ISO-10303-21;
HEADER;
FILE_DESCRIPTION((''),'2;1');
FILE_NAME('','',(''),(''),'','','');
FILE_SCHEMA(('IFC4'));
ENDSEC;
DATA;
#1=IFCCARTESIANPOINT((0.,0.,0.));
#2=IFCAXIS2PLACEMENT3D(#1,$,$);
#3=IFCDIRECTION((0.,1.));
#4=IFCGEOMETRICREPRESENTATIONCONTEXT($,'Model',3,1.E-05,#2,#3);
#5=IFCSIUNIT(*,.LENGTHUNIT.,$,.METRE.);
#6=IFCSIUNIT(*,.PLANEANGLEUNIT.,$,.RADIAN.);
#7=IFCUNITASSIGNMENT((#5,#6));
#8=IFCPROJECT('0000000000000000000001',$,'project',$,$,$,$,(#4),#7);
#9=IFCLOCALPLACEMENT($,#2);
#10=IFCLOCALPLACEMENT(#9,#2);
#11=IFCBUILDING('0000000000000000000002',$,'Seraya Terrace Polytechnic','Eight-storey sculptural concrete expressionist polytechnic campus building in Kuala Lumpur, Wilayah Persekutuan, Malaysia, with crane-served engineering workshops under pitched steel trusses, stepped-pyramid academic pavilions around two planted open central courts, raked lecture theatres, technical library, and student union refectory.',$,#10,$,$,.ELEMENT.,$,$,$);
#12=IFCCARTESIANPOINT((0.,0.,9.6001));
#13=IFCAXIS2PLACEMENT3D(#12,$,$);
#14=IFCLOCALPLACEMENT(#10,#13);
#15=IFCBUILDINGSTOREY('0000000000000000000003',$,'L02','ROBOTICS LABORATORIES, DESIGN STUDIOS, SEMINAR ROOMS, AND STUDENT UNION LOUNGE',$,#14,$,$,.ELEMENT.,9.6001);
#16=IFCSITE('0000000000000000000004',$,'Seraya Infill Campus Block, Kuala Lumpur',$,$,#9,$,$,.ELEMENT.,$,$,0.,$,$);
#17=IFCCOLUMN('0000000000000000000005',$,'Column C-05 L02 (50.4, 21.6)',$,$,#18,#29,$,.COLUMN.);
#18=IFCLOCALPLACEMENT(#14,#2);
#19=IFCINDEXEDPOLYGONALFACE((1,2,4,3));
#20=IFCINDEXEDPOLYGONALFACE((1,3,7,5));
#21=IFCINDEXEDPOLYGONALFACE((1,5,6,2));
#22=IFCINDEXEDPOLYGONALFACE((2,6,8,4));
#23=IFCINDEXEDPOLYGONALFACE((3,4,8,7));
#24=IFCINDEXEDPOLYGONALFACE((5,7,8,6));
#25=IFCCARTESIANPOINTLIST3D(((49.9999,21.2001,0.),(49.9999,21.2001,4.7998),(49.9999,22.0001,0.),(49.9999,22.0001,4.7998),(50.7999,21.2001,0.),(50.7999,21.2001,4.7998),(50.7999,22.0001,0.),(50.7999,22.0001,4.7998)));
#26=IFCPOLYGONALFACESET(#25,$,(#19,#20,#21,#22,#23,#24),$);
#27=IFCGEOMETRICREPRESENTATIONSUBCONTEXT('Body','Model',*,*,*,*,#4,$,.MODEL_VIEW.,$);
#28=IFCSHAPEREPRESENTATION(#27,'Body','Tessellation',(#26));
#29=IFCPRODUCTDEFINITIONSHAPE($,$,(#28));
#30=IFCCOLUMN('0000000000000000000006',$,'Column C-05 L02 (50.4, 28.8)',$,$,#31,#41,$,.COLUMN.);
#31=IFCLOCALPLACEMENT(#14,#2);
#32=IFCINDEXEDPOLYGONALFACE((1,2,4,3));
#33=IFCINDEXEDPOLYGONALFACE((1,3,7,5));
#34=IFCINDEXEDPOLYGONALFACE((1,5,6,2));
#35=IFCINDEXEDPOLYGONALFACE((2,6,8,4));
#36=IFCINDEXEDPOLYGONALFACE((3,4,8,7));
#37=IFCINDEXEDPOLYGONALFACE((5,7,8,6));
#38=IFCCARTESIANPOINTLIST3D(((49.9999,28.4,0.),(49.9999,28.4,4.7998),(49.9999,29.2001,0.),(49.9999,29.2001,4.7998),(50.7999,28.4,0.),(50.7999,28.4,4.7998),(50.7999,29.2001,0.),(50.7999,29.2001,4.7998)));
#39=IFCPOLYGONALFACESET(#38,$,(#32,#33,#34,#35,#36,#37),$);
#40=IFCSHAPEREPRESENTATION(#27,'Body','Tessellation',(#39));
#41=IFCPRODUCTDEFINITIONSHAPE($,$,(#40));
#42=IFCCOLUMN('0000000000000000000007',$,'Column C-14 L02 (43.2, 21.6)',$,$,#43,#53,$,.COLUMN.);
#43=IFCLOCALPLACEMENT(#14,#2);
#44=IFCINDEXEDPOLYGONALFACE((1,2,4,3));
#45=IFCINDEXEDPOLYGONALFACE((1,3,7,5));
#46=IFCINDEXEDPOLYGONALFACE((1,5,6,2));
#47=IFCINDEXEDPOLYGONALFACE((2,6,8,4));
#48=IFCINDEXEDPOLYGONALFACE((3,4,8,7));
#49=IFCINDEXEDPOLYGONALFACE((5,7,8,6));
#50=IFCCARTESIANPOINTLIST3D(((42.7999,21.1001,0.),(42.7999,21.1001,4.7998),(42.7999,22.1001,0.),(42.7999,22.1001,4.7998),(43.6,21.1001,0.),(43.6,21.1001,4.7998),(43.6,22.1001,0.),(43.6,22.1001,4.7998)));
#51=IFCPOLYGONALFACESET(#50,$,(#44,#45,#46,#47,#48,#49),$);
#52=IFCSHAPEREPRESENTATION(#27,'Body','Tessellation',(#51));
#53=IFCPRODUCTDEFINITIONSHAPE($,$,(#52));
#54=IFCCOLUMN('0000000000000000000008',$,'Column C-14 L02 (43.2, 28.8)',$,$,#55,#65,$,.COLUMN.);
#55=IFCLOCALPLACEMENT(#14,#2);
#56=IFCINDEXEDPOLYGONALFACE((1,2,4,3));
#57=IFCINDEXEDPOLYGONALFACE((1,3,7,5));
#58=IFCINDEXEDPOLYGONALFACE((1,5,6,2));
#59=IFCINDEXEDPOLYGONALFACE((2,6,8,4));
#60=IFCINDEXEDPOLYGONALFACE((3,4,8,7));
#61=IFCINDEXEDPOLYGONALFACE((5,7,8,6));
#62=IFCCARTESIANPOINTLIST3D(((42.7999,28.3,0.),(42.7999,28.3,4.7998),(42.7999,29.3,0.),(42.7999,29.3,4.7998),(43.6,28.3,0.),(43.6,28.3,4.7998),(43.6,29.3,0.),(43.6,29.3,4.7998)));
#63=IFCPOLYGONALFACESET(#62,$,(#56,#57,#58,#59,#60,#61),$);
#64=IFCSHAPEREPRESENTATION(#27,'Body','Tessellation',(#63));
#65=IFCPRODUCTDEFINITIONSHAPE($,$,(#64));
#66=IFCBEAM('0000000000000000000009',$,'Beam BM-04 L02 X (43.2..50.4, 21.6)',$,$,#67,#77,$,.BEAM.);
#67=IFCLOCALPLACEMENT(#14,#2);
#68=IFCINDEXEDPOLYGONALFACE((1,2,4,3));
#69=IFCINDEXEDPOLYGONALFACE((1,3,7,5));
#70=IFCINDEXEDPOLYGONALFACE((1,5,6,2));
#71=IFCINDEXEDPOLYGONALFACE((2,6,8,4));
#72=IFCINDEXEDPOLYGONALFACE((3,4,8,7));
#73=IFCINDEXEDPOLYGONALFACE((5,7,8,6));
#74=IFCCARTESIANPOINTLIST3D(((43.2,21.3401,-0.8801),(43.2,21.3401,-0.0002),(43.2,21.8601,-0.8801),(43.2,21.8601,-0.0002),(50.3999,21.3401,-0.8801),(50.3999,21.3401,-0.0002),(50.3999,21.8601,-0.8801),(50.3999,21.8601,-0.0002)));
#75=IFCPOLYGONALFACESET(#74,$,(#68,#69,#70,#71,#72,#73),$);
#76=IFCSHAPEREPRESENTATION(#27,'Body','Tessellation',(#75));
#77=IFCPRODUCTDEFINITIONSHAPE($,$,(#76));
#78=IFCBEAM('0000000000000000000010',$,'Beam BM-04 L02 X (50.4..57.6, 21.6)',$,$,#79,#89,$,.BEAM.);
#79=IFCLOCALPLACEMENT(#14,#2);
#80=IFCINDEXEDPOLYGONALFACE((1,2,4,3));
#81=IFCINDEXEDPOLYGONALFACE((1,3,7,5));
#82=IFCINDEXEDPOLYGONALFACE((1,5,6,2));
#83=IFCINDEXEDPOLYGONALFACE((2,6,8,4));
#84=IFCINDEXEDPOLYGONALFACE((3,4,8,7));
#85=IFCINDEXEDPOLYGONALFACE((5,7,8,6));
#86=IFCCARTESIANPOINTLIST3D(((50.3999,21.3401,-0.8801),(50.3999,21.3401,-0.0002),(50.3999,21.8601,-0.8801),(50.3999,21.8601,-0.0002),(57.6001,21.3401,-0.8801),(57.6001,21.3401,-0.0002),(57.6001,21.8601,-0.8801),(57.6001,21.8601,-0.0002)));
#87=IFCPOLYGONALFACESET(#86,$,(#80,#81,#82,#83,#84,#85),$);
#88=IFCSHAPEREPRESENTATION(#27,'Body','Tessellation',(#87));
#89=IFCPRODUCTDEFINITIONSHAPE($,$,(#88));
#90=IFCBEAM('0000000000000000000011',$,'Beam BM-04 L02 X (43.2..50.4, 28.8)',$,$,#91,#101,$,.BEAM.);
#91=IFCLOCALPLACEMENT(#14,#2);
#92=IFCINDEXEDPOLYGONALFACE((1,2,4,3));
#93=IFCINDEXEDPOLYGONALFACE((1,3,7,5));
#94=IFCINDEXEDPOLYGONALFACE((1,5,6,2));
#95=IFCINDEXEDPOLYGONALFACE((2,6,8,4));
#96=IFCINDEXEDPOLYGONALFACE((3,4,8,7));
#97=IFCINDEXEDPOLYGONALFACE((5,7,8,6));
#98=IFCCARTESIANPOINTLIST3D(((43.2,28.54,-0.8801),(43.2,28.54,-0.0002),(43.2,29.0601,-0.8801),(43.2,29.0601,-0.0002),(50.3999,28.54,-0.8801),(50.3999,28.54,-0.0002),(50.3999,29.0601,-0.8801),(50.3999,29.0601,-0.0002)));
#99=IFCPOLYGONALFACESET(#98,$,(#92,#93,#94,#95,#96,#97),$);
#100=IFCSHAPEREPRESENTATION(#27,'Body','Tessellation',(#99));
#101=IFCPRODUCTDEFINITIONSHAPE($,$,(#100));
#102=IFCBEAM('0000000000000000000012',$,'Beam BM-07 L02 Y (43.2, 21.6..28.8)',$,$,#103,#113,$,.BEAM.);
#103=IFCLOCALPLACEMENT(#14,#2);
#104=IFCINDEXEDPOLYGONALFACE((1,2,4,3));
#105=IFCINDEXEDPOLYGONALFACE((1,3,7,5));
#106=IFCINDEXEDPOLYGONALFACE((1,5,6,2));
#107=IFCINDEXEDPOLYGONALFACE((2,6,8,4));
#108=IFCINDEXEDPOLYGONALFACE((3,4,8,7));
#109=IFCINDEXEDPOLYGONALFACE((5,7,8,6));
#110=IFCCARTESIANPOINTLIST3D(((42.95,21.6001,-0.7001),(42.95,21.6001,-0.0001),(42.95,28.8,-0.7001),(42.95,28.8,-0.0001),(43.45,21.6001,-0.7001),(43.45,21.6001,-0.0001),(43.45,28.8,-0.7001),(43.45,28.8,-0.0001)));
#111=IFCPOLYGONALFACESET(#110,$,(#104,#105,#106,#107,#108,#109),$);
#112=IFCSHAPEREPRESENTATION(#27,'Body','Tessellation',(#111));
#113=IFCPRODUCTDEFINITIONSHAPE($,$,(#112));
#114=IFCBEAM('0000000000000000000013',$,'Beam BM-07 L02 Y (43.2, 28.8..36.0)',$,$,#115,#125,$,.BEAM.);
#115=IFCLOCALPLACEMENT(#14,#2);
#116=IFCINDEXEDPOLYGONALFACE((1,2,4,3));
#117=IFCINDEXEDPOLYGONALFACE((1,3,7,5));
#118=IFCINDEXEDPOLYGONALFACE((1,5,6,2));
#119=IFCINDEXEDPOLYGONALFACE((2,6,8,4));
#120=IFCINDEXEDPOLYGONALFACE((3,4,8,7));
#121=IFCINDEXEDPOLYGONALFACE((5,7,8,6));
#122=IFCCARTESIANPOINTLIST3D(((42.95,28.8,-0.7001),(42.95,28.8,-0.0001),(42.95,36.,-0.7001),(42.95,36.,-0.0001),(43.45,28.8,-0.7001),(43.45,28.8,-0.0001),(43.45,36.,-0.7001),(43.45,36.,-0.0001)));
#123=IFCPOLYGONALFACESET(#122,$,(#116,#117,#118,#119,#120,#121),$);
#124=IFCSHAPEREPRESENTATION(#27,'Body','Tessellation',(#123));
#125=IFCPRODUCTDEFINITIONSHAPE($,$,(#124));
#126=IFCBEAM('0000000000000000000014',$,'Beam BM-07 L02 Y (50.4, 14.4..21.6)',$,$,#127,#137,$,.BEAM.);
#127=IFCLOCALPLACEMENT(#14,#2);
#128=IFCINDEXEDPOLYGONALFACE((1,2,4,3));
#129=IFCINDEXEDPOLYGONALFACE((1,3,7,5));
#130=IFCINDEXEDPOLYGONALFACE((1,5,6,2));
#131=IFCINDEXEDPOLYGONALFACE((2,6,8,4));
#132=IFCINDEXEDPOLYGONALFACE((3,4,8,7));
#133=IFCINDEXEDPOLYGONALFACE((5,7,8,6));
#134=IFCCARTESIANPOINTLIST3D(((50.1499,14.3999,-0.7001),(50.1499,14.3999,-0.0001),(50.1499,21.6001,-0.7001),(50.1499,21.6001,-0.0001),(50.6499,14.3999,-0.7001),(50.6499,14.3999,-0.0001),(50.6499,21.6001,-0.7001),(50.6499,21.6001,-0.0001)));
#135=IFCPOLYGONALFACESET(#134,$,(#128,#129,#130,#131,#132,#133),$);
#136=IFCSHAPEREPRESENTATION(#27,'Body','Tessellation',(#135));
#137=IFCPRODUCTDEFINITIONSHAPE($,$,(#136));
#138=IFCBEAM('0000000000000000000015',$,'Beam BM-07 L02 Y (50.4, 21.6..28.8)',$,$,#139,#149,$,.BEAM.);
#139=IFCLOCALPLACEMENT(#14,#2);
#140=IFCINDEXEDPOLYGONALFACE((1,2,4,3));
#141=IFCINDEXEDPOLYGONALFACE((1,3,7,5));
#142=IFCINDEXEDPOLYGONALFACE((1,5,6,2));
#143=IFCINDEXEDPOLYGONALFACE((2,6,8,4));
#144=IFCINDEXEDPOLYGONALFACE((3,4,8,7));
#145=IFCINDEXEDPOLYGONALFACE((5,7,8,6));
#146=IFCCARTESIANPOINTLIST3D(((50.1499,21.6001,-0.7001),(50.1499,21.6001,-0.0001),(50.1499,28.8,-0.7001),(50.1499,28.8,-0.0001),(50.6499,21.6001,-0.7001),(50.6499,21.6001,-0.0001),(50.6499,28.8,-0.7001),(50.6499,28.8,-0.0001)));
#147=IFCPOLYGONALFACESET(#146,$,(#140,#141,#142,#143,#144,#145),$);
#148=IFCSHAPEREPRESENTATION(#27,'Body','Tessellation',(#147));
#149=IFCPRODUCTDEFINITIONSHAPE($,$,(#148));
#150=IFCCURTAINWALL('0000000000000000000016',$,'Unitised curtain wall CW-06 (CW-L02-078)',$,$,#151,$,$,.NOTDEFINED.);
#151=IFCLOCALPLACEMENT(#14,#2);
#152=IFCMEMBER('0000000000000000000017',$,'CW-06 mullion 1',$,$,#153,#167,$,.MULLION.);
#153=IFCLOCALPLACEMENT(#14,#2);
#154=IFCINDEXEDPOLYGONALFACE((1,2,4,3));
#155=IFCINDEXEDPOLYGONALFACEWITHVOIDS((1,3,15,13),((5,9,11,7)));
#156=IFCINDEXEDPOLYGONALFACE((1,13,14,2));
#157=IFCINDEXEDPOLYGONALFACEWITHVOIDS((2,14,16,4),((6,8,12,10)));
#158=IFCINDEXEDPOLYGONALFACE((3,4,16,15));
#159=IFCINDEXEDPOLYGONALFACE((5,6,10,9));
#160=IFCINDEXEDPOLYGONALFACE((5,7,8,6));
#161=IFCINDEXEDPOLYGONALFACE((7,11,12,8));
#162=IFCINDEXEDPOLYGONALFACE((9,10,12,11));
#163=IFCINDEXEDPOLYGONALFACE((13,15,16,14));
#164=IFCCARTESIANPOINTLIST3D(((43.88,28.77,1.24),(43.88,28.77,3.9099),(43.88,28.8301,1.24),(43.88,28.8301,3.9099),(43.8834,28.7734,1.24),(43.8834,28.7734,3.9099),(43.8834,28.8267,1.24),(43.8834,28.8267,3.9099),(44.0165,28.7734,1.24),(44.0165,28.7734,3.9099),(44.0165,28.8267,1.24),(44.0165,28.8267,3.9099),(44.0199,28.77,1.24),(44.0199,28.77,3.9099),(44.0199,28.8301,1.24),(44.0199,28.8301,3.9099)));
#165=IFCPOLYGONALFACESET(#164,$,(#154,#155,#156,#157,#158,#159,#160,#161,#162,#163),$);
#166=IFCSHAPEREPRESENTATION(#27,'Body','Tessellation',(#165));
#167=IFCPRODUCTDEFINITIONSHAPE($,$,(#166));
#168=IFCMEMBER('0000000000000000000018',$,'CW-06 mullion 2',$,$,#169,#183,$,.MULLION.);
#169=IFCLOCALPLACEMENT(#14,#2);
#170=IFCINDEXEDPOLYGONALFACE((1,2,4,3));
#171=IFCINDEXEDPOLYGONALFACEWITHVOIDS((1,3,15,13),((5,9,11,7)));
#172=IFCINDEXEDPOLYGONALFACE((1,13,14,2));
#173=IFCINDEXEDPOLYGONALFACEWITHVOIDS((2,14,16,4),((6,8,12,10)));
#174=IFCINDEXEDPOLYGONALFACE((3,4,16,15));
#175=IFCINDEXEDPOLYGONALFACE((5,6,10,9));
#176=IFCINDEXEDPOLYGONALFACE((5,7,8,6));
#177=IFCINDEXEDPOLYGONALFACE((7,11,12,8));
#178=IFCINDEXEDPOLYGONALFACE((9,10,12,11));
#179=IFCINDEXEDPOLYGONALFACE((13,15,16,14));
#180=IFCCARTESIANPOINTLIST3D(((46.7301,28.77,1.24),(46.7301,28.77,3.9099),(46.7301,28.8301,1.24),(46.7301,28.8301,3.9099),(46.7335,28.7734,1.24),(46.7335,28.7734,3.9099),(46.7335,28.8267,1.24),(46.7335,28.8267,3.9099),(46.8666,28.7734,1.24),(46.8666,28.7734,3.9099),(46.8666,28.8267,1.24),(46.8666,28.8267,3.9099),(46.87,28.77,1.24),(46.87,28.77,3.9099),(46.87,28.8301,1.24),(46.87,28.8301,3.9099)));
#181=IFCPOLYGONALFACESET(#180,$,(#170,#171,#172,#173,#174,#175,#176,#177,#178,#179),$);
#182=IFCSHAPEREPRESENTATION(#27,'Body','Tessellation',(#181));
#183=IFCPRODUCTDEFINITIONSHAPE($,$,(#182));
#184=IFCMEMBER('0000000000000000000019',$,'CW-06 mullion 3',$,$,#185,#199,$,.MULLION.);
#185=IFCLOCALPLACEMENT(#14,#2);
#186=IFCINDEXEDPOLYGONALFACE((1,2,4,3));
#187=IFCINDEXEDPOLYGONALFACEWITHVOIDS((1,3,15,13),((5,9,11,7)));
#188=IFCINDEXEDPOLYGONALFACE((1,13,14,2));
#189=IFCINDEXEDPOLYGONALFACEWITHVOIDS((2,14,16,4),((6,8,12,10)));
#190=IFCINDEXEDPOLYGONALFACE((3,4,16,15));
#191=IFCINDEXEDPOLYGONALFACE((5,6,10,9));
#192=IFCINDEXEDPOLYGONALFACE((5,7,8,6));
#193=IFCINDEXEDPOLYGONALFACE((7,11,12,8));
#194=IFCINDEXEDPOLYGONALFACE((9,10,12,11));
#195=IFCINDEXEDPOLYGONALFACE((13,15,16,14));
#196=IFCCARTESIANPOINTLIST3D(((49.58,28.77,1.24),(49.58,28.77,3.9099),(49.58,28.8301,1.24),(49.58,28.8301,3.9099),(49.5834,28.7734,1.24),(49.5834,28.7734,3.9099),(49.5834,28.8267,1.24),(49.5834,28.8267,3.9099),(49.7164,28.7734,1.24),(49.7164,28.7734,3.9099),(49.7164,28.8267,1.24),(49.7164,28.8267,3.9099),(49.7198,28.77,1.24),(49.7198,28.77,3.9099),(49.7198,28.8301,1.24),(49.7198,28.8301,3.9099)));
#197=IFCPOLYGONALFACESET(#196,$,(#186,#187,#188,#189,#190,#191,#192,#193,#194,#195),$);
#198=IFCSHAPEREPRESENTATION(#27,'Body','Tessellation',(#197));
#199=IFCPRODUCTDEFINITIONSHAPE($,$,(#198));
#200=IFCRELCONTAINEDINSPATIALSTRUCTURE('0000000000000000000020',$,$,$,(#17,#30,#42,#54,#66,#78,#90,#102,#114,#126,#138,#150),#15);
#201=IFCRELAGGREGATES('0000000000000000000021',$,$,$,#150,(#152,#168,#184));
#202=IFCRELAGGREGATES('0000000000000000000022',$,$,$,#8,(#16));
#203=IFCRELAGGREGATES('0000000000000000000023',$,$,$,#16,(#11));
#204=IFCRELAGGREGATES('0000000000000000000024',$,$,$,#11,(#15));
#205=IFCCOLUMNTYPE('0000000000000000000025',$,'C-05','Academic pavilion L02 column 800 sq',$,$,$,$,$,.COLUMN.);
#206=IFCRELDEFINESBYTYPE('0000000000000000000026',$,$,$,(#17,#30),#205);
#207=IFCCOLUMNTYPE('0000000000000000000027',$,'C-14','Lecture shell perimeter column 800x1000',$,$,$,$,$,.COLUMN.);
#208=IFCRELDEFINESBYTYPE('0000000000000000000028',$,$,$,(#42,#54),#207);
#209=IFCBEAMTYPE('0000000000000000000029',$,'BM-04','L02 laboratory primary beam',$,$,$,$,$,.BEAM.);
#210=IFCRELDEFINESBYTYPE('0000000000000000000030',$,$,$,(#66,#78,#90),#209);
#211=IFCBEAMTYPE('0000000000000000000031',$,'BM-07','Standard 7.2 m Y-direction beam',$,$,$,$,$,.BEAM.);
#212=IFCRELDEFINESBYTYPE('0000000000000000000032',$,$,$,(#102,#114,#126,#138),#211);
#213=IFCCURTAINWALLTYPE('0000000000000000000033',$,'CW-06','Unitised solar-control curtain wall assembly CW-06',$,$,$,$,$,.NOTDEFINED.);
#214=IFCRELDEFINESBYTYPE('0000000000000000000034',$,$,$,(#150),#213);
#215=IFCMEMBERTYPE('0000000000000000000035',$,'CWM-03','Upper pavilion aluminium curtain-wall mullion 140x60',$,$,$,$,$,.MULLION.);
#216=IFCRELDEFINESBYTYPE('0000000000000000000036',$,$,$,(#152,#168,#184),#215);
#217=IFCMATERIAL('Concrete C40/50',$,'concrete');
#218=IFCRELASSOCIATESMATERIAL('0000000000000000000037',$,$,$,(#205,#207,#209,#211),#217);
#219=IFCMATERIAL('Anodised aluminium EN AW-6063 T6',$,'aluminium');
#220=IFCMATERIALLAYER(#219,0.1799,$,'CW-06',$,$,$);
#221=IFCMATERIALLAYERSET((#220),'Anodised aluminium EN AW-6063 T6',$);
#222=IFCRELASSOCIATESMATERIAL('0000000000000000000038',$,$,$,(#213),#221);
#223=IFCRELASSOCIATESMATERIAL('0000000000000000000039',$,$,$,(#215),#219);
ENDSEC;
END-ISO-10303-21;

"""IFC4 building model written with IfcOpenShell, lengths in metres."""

from ifc_helpers import new_model, si_unit, direction, frame, origin, origin_2d, place, context, subcontext, project, spatial, rectangle, hollow_rectangle, extrude, material, layer, layer_set, material_profile, profile_set, type_object, element, aggregate, save


model = new_model("IFC4")

# Units and contexts
model_context = context("Model", 3, precision=1e-05, world=origin(), true_north=direction((0.0, 1.0)))
body_context = subcontext(model_context, "Body", "Model", "MODEL_VIEW")
ifc_project = project(units=[si_unit("LENGTHUNIT", "METRE"), si_unit("PLANEANGLEUNIT", "RADIAN")], contexts=[model_context])

# Site, building, storey
site_placement = place(None, origin())
site = spatial("IfcSite", under=ifc_project, at=site_placement, Name="Seraya Infill Campus Block, Kuala Lumpur", CompositionType="ELEMENT", RefElevation=0.0)
building_placement = place(site_placement, origin())
building = spatial("IfcBuilding", under=site, at=building_placement, Name="Seraya Terrace Polytechnic", Description="Eight-storey sculptural concrete expressionist polytechnic campus building in Kuala Lumpur, Wilayah Persekutuan, Malaysia, with crane-served engineering workshops under pitched steel trusses, stepped-pyramid academic pavilions around two planted open central courts, raked lecture theatres, technical library, and student union refectory.", CompositionType="ELEMENT")
storey_placement = place(building_placement, frame((0.0, 0.0, 9.6001)))
storey = spatial("IfcBuildingStorey", under=building, at=storey_placement, Name="L02", Description="ROBOTICS LABORATORIES, DESIGN STUDIOS, SEMINAR ROOMS, AND STUDENT UNION LOUNGE", CompositionType="ELEMENT", Elevation=9.6001)

# Columns
ifc_material_1 = material(Name="Concrete C40/50", Category="concrete")
ifc_material_profile_1 = material_profile(ifc_material_1, rectangle(XDim=0.8, YDim=0.8, at=origin_2d()), Name="RC 800x800")
ifc_profile_set_1 = profile_set([ifc_material_profile_1], Name="Concrete C40/50")
column_type_1 = type_object("IfcColumnType", Name="C-05", Description="Academic pavilion L02 column 800 sq", PredefinedType="COLUMN", material=ifc_profile_set_1)
for number, where, z_axis, x_axis, name in (
    (1, (50.3999, 21.6001, 0.0), (0.0, 0.0, 1.0), (1.0, 0.0, 0.0), "Column C-05 L02 (50.4, 21.6)"),
    (2, (50.3999, 28.8, 0.0), (0.0, 0.0, 1.0), (1.0, 0.0, 0.0), "Column C-05 L02 (50.4, 28.8)"),
):
    element("IfcColumn", number, at=place(storey_placement, frame(where, z_axis=z_axis, x_axis=x_axis)), inside=storey, type_object=column_type_1, Name=name, PredefinedType="COLUMN", context=body_context, shape_type="SweptSolid", body=[
        extrude(rectangle(XDim=0.8, YDim=0.8, at=origin_2d()), origin(), (0.0, 0.0, 1.0), 4.7998),
    ])
ifc_material_profile_2 = material_profile(ifc_material_1, rectangle(XDim=0.8, YDim=1.0, at=origin_2d()), Name="RC 800x1000")
ifc_profile_set_2 = profile_set([ifc_material_profile_2], Name="Concrete C40/50")
column_type_2 = type_object("IfcColumnType", Name="C-14", Description="Lecture shell perimeter column 800x1000", PredefinedType="COLUMN", material=ifc_profile_set_2)
for number, where, z_axis, x_axis, name in (
    (3, (43.2, 21.6001, 0.0), (0.0, 0.0, 1.0), (1.0, 0.0, 0.0), "Column C-14 L02 (43.2, 21.6)"),
    (4, (43.2, 28.8, 0.0), (0.0, 0.0, 1.0), (1.0, 0.0, 0.0), "Column C-14 L02 (43.2, 28.8)"),
):
    element("IfcColumn", number, at=place(storey_placement, frame(where, z_axis=z_axis, x_axis=x_axis)), inside=storey, type_object=column_type_2, Name=name, PredefinedType="COLUMN", context=body_context, shape_type="SweptSolid", body=[
        extrude(rectangle(XDim=0.8, YDim=1.0, at=origin_2d()), origin(), (0.0, 0.0, 1.0), 4.7998),
    ])

# Beams
ifc_material_profile_3 = material_profile(ifc_material_1, rectangle(XDim=0.52, YDim=0.8799, at=origin_2d()), Name="RC 520x880")
ifc_profile_set_3 = profile_set([ifc_material_profile_3], Name="Concrete C40/50")
beam_type_1 = type_object("IfcBeamType", Name="BM-04", Description="L02 laboratory primary beam", PredefinedType="BEAM", material=ifc_profile_set_3)
beam_1_placement = place(storey_placement, frame((43.2, 21.6001, -0.4402), z_axis=(1.0, 0.0, 0.0), x_axis=(0.0, 1.0, 0.0)))
element("IfcBeam", 5, at=beam_1_placement, inside=storey, type_object=beam_type_1, Name="Beam BM-04 L02 X (43.2..50.4, 21.6)", PredefinedType="BEAM", context=body_context, shape_type="SweptSolid", body=[
    extrude(rectangle(XDim=0.52, YDim=0.8799, at=origin_2d()), origin(), (0.0, 0.0, 1.0), 7.2),
])
beam_2_placement = place(storey_placement, frame((50.3999, 21.6001, -0.4402), z_axis=(1.0, 0.0, 0.0), x_axis=(0.0, 1.0, 0.0)))
element("IfcBeam", 6, at=beam_2_placement, inside=storey, type_object=beam_type_1, Name="Beam BM-04 L02 X (50.4..57.6, 21.6)", PredefinedType="BEAM", context=body_context, shape_type="SweptSolid", body=[
    extrude(rectangle(XDim=0.52, YDim=0.8799, at=origin_2d()), origin(), (0.0, 0.0, 1.0), 7.2002),
])
beam_3_placement = place(storey_placement, frame((43.2, 28.8, -0.4402), z_axis=(1.0, 0.0, 0.0), x_axis=(0.0, 1.0, 0.0)))
element("IfcBeam", 7, at=beam_3_placement, inside=storey, type_object=beam_type_1, Name="Beam BM-04 L02 X (43.2..50.4, 28.8)", PredefinedType="BEAM", context=body_context, shape_type="SweptSolid", body=[
    extrude(rectangle(XDim=0.52, YDim=0.8799, at=origin_2d()), origin(), (0.0, 0.0, 1.0), 7.2),
])
ifc_material_profile_4 = material_profile(ifc_material_1, rectangle(XDim=0.5, YDim=0.7, at=origin_2d()), Name="RC 500x700")
ifc_profile_set_4 = profile_set([ifc_material_profile_4], Name="Concrete C40/50")
beam_type_2 = type_object("IfcBeamType", Name="BM-07", Description="Standard 7.2 m Y-direction beam", PredefinedType="BEAM", material=ifc_profile_set_4)
for number, where, z_axis, x_axis, name in (
    (8, (43.2, 21.6001, -0.3501), (0.0, 1.0, 0.0), (-1.0, 0.0, 0.0), "Beam BM-07 L02 Y (43.2, 21.6..28.8)"),
    (9, (43.2, 28.8, -0.3501), (0.0, 1.0, 0.0), (-1.0, 0.0, 0.0), "Beam BM-07 L02 Y (43.2, 28.8..36.0)"),
):
    element("IfcBeam", number, at=place(storey_placement, frame(where, z_axis=z_axis, x_axis=x_axis)), inside=storey, type_object=beam_type_2, Name=name, PredefinedType="BEAM", context=body_context, shape_type="SweptSolid", body=[
        extrude(rectangle(XDim=0.5, YDim=0.7, at=origin_2d()), origin(), (0.0, 0.0, 1.0), 7.2),
    ])
beam_4_placement = place(storey_placement, frame((50.3999, 14.3999, -0.3501), z_axis=(0.0, 1.0, 0.0), x_axis=(-1.0, 0.0, 0.0)))
element("IfcBeam", 10, at=beam_4_placement, inside=storey, type_object=beam_type_2, Name="Beam BM-07 L02 Y (50.4, 14.4..21.6)", PredefinedType="BEAM", context=body_context, shape_type="SweptSolid", body=[
    extrude(rectangle(XDim=0.5, YDim=0.7, at=origin_2d()), origin(), (0.0, 0.0, 1.0), 7.2002),
])
beam_5_placement = place(storey_placement, frame((50.3999, 21.6001, -0.3501), z_axis=(0.0, 1.0, 0.0), x_axis=(-1.0, 0.0, 0.0)))
element("IfcBeam", 11, at=beam_5_placement, inside=storey, type_object=beam_type_2, Name="Beam BM-07 L02 Y (50.4, 21.6..28.8)", PredefinedType="BEAM", context=body_context, shape_type="SweptSolid", body=[
    extrude(rectangle(XDim=0.5, YDim=0.7, at=origin_2d()), origin(), (0.0, 0.0, 1.0), 7.2),
])

# Curtain wall, members
ifc_material_2 = material(Name="Anodised aluminium EN AW-6063 T6", Category="aluminium")
ifc_layer_1 = layer(ifc_material_2, 0.1799, Name="CW-06")
ifc_layer_set_1 = layer_set([ifc_layer_1], Name="Anodised aluminium EN AW-6063 T6")
curtain_wall_type = type_object("IfcCurtainWallType", Name="CW-06", Description="Unitised solar-control curtain wall assembly CW-06", PredefinedType="NOTDEFINED", material=ifc_layer_set_1)
curtain_wall_placement = place(storey_placement, origin())
curtain_wall = element("IfcCurtainWall", 12, at=curtain_wall_placement, inside=storey, type_object=curtain_wall_type, Name="Unitised curtain wall CW-06 (CW-L02-078)", PredefinedType="NOTDEFINED")
ifc_material_profile_5 = material_profile(ifc_material_2, hollow_rectangle(XDim=0.0601, YDim=0.1399, WallThickness=0.0034, at=origin_2d()), Name="RHS 140x60x3.5")
ifc_profile_set_5 = profile_set([ifc_material_profile_5], Name="Anodised aluminium EN AW-6063 T6")
member_type_1 = type_object("IfcMemberType", Name="CWM-03", Description="Upper pavilion aluminium curtain-wall mullion 140x60", PredefinedType="MULLION", material=ifc_profile_set_5)
member_1_placement = place(storey_placement, frame((43.95, 28.8, 1.24), z_axis=(0.0, 0.0, 1.0), x_axis=(0.0, 1.0, 0.0)))
member_1 = element("IfcMember", 13, at=member_1_placement, type_object=member_type_1, Name="CW-06 mullion 1", PredefinedType="MULLION", context=body_context, shape_type="SweptSolid", body=[
    extrude(hollow_rectangle(XDim=0.0601, YDim=0.1399, WallThickness=0.0034, at=origin_2d()), origin(), (0.0, 0.0, 1.0), 2.6699),
])
member_2_placement = place(storey_placement, frame((46.8, 28.8, 1.24), z_axis=(0.0, 0.0, 1.0), x_axis=(0.0, 1.0, 0.0)))
member_2 = element("IfcMember", 14, at=member_2_placement, type_object=member_type_1, Name="CW-06 mullion 2", PredefinedType="MULLION", context=body_context, shape_type="SweptSolid", body=[
    extrude(hollow_rectangle(XDim=0.0601, YDim=0.1399, WallThickness=0.0034, at=origin_2d()), origin(), (0.0, 0.0, 1.0), 2.6699),
])
member_3_placement = place(storey_placement, frame((49.6499, 28.8, 1.24), z_axis=(0.0, 0.0, 1.0), x_axis=(0.0, 1.0, 0.0)))
member_3 = element("IfcMember", 15, at=member_3_placement, type_object=member_type_1, Name="CW-06 mullion 3", PredefinedType="MULLION", context=body_context, shape_type="SweptSolid", body=[
    extrude(hollow_rectangle(XDim=0.0601, YDim=0.1399, WallThickness=0.0034, at=origin_2d()), origin(), (0.0, 0.0, 1.0), 2.6699),
])

aggregate(curtain_wall, [member_1, member_2, member_3])

save(model, "model.ifc")
